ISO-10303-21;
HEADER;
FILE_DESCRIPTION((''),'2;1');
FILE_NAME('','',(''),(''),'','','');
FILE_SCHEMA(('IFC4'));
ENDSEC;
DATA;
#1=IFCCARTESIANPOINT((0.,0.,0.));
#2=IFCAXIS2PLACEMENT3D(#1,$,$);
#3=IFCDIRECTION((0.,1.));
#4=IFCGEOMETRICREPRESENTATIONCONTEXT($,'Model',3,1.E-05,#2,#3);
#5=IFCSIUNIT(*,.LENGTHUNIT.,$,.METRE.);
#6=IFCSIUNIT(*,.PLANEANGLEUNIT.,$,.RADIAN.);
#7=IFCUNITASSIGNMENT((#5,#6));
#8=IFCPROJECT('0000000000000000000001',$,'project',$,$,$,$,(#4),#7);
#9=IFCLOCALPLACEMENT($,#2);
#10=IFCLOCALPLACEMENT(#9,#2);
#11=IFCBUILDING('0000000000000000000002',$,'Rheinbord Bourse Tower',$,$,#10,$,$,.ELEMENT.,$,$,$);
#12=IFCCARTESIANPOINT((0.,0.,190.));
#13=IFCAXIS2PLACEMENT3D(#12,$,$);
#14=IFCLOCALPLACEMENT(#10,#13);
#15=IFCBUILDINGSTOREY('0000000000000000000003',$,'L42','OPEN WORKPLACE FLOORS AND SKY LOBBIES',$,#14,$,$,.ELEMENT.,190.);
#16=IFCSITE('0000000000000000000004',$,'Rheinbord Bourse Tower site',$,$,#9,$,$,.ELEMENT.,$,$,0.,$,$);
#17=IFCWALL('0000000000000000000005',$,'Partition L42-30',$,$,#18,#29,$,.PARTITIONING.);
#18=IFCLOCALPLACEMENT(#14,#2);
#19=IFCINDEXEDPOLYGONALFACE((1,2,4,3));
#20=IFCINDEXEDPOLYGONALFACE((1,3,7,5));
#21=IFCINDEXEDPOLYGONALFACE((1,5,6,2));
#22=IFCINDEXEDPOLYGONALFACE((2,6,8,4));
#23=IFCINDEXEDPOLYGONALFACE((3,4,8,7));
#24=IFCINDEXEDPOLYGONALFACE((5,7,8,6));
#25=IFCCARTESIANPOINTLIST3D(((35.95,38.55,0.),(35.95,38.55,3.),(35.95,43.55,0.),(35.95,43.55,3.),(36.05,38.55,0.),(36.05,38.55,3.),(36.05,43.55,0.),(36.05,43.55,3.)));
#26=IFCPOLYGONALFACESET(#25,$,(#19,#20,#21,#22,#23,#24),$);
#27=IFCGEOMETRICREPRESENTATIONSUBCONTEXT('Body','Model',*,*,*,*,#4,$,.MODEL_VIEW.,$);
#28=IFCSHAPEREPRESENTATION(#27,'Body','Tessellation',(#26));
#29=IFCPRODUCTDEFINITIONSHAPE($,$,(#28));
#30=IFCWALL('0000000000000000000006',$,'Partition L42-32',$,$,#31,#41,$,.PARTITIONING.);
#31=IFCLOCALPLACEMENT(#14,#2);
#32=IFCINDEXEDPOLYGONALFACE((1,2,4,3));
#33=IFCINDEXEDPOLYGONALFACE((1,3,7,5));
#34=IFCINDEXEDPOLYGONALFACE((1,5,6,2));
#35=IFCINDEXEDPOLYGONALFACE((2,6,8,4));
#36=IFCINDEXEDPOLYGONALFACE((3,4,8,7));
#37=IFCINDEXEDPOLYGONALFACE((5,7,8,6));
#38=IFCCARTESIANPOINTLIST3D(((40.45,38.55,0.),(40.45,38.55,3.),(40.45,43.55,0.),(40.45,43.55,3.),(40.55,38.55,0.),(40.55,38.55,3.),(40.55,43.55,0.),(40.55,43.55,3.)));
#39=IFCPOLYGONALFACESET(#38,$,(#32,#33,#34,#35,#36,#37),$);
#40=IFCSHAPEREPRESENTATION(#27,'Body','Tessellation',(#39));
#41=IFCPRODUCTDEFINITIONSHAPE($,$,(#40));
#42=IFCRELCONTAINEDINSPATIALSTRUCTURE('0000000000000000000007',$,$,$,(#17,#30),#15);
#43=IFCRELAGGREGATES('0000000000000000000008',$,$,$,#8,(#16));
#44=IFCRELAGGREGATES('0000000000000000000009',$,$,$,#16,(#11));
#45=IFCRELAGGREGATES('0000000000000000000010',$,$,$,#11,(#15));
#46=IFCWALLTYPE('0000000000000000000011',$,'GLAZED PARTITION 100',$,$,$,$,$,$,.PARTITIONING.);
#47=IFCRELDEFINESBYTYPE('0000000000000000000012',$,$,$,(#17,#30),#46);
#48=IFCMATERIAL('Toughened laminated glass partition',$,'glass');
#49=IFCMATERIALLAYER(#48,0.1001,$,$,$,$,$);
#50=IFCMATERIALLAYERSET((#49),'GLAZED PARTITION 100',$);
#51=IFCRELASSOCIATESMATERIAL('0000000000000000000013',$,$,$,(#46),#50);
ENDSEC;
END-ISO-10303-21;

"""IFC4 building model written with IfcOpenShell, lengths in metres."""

from ifc_helpers import new_model, si_unit, direction, frame, frame_2d, origin, place, context, subcontext, project, spatial, rectangle, extrude, material, layer, layer_set, type_object, element, save


model = new_model("IFC4")

# Units and contexts
model_context = context("Model", 3, precision=1e-05, world=origin(), true_north=direction((0.0, 1.0)))
body_context = subcontext(model_context, "Body", "Model", "MODEL_VIEW")
ifc_project = project(units=[si_unit("LENGTHUNIT", "METRE"), si_unit("PLANEANGLEUNIT", "RADIAN")], contexts=[model_context])

# Site, building, storey
site_placement = place(None, origin())
site = spatial("IfcSite", under=ifc_project, at=site_placement, Name="Rheinbord Bourse Tower site", CompositionType="ELEMENT", RefElevation=0.0)
building_placement = place(site_placement, origin())
building = spatial("IfcBuilding", under=site, at=building_placement, Name="Rheinbord Bourse Tower", CompositionType="ELEMENT")
storey_placement = place(building_placement, frame((0.0, 0.0, 190.0)))
storey = spatial("IfcBuildingStorey", under=building, at=storey_placement, Name="L42", Description="OPEN WORKPLACE FLOORS AND SKY LOBBIES", CompositionType="ELEMENT", Elevation=190.0)

# Walls
ifc_material_1 = material(Name="Toughened laminated glass partition", Category="glass")
ifc_layer_1 = layer(ifc_material_1, 0.1001)
ifc_layer_set_1 = layer_set([ifc_layer_1], Name="GLAZED PARTITION 100")
wall_type_1 = type_object("IfcWallType", Name="GLAZED PARTITION 100", PredefinedType="PARTITIONING", material=ifc_layer_set_1)
for number, where, z_axis, x_axis, name in (
    (1, (36.0, 38.55, 0.0), (0.0, 0.0, 1.0), (0.0, 1.0, 0.0), "Partition L42-30"),
    (2, (40.5, 38.55, 0.0), (0.0, 0.0, 1.0), (0.0, 1.0, 0.0), "Partition L42-32"),
):
    element("IfcWall", number, at=place(storey_placement, frame(where, z_axis=z_axis, x_axis=x_axis)), inside=storey, type_object=wall_type_1, Name=name, PredefinedType="PARTITIONING", context=body_context, shape_type="SweptSolid", body=[
        extrude(rectangle(XDim=5.0, YDim=0.1001, at=frame_2d((2.5, 0.0))), origin(), (0.0, 0.0, 1.0), 3.0),
    ])

save(model, "model.ifc")
